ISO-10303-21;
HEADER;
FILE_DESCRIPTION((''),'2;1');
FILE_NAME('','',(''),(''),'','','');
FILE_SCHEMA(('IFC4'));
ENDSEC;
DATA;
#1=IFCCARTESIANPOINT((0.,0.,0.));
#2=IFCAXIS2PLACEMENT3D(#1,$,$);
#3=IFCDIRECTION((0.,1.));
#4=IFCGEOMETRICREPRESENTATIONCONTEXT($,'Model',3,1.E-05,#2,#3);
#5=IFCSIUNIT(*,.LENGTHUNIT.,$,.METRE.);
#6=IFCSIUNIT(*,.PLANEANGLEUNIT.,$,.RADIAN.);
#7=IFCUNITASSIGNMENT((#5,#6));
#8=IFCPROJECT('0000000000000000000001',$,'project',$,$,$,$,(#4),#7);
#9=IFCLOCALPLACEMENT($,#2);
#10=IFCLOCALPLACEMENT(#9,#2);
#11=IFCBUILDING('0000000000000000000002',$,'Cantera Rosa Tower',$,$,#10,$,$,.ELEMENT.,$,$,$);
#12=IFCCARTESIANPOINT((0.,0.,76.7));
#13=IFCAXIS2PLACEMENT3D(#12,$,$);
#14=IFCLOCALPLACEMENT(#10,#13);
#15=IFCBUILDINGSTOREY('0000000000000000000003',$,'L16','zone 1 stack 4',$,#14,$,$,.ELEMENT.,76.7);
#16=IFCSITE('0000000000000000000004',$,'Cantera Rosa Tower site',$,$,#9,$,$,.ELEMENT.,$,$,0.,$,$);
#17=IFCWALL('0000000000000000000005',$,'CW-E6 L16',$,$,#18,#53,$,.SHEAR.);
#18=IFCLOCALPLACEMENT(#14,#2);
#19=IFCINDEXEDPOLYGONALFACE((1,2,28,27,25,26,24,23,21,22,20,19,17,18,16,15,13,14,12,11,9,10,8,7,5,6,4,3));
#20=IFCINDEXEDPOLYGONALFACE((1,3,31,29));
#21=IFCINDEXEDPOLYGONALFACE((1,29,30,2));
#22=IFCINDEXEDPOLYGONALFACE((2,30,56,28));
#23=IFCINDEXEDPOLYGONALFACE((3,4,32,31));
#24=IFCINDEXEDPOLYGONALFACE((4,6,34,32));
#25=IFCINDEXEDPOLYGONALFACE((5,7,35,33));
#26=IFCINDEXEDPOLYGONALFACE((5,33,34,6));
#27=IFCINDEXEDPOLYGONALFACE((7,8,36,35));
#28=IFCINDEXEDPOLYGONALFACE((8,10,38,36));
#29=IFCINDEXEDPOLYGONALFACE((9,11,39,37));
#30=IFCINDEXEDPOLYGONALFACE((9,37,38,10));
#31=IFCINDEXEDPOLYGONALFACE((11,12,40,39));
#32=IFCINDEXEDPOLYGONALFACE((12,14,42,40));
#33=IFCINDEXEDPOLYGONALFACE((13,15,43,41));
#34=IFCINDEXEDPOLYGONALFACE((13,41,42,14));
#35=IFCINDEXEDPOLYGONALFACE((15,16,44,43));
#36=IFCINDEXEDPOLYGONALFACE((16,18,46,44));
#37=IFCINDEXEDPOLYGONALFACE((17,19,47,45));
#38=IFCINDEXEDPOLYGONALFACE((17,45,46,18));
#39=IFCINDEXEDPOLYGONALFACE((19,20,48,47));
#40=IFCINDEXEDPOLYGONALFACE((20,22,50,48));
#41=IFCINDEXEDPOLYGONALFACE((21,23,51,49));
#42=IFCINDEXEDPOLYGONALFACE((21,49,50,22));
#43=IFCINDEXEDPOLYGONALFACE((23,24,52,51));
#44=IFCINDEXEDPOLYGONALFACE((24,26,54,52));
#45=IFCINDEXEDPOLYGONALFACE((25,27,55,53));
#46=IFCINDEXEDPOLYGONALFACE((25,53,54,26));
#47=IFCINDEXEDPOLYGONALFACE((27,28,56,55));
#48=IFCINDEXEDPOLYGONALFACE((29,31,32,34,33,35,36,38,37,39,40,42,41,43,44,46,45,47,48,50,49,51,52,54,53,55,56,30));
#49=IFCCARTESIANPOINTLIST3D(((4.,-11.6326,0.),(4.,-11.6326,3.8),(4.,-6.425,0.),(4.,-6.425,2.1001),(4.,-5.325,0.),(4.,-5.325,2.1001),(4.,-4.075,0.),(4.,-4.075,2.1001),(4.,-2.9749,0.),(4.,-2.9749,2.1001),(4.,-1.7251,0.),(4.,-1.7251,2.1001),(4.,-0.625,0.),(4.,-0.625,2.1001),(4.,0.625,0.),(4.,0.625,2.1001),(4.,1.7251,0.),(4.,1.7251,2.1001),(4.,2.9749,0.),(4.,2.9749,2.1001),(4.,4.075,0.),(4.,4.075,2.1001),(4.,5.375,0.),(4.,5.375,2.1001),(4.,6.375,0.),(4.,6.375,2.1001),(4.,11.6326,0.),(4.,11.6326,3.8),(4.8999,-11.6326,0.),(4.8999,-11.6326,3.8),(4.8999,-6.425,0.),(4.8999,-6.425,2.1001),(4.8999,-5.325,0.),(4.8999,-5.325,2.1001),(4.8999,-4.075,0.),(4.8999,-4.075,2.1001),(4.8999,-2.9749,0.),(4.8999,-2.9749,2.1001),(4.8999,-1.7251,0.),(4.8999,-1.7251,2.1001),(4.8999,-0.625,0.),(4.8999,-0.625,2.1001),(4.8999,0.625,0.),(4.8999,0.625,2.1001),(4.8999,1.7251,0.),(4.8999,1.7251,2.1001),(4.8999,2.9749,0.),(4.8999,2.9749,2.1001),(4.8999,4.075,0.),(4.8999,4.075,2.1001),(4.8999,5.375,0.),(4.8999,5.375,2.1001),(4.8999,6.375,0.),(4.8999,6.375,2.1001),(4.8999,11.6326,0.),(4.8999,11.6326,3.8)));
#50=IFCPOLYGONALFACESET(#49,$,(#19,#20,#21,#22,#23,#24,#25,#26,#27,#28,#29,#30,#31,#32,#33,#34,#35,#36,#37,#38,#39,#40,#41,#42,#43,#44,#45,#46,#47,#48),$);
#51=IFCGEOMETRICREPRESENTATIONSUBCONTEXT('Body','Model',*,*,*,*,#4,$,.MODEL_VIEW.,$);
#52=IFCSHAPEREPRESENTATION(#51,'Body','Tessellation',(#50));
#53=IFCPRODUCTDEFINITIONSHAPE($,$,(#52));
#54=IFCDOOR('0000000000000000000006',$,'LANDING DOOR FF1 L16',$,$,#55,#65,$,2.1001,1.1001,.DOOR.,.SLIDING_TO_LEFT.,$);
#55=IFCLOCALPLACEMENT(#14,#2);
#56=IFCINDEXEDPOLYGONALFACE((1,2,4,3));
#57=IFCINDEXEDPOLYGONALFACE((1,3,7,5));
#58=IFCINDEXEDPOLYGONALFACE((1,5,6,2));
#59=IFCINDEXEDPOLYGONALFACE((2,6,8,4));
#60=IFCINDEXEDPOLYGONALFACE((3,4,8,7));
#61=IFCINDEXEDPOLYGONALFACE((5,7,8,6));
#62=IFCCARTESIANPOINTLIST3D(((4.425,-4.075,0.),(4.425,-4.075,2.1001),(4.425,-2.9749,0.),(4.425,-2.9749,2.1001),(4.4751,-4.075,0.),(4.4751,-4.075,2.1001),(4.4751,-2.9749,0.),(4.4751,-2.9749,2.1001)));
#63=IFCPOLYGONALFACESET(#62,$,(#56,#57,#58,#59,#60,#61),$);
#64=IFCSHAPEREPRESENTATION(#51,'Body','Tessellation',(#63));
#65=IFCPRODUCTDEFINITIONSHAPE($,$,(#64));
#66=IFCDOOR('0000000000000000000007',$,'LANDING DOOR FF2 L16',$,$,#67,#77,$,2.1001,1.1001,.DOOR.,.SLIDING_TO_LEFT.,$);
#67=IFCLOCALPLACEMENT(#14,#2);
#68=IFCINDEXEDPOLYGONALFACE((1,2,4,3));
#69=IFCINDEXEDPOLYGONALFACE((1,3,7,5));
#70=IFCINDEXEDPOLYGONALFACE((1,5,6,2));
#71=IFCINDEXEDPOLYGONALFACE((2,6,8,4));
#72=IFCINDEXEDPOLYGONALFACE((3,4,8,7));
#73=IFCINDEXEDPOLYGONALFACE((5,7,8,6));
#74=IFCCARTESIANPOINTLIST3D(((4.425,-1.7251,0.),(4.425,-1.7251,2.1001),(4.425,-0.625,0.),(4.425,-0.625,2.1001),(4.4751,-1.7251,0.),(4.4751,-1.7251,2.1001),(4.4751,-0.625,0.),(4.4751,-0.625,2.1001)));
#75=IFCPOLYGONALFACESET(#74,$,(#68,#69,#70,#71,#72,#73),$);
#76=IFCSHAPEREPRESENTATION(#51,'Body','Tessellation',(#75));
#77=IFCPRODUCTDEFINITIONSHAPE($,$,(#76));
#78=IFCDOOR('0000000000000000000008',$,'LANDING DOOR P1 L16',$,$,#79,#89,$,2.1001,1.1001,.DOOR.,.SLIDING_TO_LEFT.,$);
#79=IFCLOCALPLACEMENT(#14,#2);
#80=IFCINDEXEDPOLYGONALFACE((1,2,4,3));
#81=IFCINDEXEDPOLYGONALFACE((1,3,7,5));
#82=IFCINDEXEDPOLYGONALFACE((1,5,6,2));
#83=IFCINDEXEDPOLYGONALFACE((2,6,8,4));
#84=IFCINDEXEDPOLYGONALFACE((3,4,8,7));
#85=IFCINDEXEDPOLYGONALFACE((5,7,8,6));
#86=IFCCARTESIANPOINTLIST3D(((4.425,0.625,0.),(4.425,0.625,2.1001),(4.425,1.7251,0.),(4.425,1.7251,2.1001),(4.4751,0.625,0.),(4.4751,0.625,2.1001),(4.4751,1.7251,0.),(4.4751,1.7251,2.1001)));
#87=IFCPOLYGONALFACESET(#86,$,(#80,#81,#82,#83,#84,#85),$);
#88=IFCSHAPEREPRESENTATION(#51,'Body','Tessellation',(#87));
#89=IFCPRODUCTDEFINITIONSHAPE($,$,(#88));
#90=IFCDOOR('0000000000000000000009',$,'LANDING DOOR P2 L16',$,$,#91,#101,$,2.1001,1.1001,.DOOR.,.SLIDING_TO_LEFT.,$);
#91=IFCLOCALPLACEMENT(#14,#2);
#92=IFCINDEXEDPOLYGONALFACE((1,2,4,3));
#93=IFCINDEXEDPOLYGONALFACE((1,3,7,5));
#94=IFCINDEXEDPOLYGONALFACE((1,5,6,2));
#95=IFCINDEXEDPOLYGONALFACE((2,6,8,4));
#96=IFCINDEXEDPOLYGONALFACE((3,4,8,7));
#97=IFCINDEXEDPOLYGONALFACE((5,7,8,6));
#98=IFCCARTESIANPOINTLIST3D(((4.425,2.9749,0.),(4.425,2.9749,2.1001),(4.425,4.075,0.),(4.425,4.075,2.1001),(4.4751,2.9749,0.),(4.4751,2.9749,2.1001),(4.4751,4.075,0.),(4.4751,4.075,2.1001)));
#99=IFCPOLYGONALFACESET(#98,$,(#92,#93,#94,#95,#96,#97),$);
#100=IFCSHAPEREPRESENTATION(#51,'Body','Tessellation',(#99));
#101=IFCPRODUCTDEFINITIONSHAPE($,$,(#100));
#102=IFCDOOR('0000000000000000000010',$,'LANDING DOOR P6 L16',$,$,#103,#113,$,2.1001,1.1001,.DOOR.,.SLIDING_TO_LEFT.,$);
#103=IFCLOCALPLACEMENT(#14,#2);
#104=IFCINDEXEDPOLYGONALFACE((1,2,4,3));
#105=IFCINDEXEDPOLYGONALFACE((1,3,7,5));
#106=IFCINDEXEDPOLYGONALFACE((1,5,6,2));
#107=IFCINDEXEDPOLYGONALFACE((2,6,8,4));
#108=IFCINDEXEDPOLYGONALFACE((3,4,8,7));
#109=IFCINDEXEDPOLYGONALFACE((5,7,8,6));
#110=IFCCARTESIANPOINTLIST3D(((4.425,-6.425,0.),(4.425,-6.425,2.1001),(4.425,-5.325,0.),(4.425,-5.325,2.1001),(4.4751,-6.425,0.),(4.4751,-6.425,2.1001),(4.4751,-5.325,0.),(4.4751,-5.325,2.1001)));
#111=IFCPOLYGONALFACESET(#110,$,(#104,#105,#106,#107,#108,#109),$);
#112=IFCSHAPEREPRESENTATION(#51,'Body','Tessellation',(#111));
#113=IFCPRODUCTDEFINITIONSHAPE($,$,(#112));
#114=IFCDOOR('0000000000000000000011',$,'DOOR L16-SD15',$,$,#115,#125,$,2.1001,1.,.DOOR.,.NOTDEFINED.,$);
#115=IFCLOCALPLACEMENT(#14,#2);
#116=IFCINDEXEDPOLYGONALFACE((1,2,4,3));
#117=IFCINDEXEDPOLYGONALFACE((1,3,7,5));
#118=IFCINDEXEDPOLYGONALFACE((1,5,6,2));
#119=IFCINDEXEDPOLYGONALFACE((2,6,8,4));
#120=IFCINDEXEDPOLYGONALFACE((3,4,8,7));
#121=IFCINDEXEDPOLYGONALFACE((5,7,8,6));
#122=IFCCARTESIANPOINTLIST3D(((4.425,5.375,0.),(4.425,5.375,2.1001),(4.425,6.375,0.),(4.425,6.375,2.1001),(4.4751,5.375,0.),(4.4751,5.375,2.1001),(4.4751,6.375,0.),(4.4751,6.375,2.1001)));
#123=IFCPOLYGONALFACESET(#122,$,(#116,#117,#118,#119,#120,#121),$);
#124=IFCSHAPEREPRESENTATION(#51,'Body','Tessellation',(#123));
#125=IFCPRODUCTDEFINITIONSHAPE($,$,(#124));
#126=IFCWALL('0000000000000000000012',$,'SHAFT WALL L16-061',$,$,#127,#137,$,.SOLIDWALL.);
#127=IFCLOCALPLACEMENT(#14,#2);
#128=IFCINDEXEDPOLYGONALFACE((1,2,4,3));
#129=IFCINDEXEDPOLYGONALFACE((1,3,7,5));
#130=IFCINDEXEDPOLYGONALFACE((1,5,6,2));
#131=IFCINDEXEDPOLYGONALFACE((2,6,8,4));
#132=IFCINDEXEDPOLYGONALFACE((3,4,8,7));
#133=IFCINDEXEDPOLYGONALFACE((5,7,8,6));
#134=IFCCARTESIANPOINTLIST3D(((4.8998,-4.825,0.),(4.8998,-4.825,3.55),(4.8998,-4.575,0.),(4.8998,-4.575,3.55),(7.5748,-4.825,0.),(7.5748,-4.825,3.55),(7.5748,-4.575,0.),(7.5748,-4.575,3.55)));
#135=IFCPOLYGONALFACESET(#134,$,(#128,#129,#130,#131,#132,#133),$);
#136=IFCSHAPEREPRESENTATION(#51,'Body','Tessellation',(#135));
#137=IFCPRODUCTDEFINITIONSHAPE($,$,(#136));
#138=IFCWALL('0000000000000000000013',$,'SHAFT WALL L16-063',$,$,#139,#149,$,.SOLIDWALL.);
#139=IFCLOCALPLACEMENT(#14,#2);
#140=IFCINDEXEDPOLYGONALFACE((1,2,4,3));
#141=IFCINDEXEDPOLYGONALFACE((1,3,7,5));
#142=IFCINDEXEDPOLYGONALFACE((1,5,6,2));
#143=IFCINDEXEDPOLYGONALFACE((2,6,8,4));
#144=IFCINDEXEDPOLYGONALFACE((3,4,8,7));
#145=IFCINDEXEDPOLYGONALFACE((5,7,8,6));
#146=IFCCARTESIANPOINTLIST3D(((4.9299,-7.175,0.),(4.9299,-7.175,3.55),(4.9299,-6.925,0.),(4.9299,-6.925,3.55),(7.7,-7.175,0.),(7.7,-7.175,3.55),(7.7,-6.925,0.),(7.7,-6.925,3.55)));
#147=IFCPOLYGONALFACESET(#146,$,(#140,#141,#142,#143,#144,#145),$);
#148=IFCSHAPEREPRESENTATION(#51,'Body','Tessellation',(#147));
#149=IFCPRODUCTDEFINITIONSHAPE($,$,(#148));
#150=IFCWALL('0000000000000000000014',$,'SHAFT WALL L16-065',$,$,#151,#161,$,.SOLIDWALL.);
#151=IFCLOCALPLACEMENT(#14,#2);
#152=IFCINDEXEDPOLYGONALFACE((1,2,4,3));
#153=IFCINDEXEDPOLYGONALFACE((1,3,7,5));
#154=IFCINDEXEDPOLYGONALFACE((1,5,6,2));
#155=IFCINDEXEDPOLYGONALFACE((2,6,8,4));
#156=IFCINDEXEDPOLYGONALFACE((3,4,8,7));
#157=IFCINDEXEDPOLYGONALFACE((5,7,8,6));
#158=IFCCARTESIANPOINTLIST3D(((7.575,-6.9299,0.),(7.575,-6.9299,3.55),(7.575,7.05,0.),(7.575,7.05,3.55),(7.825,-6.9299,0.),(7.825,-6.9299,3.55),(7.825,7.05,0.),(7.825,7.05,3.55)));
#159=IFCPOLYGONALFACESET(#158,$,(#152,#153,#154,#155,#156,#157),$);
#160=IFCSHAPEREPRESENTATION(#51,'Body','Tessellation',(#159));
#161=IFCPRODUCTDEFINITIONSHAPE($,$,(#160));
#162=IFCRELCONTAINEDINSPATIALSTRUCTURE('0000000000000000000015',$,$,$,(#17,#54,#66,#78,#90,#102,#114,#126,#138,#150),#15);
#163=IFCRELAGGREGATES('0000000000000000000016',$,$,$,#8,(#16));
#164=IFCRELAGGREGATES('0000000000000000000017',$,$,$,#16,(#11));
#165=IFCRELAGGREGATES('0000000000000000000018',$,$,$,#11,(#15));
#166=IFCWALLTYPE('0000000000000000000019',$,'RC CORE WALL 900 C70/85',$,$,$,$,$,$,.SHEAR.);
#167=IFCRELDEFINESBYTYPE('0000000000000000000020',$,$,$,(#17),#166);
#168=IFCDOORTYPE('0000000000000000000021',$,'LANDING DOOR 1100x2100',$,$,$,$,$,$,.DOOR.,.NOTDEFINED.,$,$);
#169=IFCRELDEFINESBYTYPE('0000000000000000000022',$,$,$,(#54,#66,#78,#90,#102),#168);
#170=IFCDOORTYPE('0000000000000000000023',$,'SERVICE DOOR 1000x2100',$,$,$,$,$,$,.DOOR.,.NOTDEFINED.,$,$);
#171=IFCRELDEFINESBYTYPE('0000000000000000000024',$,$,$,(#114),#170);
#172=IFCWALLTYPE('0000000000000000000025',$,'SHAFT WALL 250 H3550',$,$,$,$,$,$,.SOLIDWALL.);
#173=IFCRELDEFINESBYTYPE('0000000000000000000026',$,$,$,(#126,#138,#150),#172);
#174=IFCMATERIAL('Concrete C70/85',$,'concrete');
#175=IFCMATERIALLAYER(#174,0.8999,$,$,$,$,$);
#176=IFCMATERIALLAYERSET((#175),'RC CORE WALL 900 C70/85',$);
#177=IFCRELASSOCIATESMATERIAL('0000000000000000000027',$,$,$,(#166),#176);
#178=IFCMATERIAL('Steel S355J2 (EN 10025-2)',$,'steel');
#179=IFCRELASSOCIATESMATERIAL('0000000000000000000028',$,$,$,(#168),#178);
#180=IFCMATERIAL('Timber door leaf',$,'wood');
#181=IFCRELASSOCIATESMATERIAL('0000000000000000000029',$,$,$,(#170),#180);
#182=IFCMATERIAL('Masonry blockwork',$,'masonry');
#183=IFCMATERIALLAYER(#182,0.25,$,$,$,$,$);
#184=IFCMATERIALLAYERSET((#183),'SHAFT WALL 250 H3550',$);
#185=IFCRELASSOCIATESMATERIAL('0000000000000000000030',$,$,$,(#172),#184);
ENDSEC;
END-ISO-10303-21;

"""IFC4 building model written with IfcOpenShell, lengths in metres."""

from ifc_helpers import new_model, si_unit, direction, frame, frame_2d, origin, place, context, subcontext, project, spatial, rectangle, extrude, material, layer, layer_set, type_object, element, fill, save


model = new_model("IFC4")

# Units and contexts
model_context = context("Model", 3, precision=1e-05, world=origin(), true_north=direction((0.0, 1.0)))
body_context = subcontext(model_context, "Body", "Model", "MODEL_VIEW")
ifc_project = project(units=[si_unit("LENGTHUNIT", "METRE"), si_unit("PLANEANGLEUNIT", "RADIAN")], contexts=[model_context])

# Site, building, storey
site_placement = place(None, origin())
site = spatial("IfcSite", under=ifc_project, at=site_placement, Name="Cantera Rosa Tower site", CompositionType="ELEMENT", RefElevation=0.0)
building_placement = place(site_placement, origin())
building = spatial("IfcBuilding", under=site, at=building_placement, Name="Cantera Rosa Tower", CompositionType="ELEMENT")
storey_placement = place(building_placement, frame((0.0, 0.0, 76.7)))
storey = spatial("IfcBuildingStorey", under=building, at=storey_placement, Name="L16", Description="zone 1 stack 4", CompositionType="ELEMENT", Elevation=76.7)

# Shared definitions
ifc_material_1 = material(Name="Concrete C70/85", Category="concrete")
ifc_layer_1 = layer(ifc_material_1, 0.8999)
ifc_layer_set_1 = layer_set([ifc_layer_1], Name="RC CORE WALL 900 C70/85")
wall_type_1 = type_object("IfcWallType", Name="RC CORE WALL 900 C70/85", PredefinedType="SHEAR", material=ifc_layer_set_1)

# Wall, openings, doors
wall_1_placement = place(storey_placement, frame((4.45, -11.6326, 0.0), z_axis=(0.0, 0.0, 1.0), x_axis=(0.0, 1.0, 0.0)))
wall_1 = element("IfcWall", 1, at=wall_1_placement, inside=storey, type_object=wall_type_1, Name="CW-E6 L16", PredefinedType="SHEAR", context=body_context, shape_type="SweptSolid", body=[
    extrude(rectangle(XDim=23.2651, YDim=0.8999, at=frame_2d((11.6326, 0.0))), origin(), (0.0, 0.0, 1.0), 3.8),
])
opening_1_placement = place(wall_1_placement, frame((7.5576, 0.0, 0.0)))
opening_1 = element("IfcOpeningElement", 2, at=opening_1_placement, cuts=wall_1, PredefinedType="OPENING", context=body_context, shape_type="SweptSolid", body=[
    extrude(rectangle(XDim=1.1001, YDim=2.1001, at=frame_2d((0.55, 1.05))), frame((0.0, 0.46, 0.0), z_axis=(0.0, -1.0, 0.0), x_axis=(1.0, 0.0, 0.0)), (0.0, 0.0, 1.0), 0.9199),
])
opening_2_placement = place(wall_1_placement, frame((9.9075, 0.0, 0.0)))
opening_2 = element("IfcOpeningElement", 3, at=opening_2_placement, cuts=wall_1, PredefinedType="OPENING", context=body_context, shape_type="SweptSolid", body=[
    extrude(rectangle(XDim=1.1001, YDim=2.1001, at=frame_2d((0.55, 1.05))), frame((0.0, 0.46, 0.0), z_axis=(0.0, -1.0, 0.0), x_axis=(1.0, 0.0, 0.0)), (0.0, 0.0, 1.0), 0.9199),
])
opening_3_placement = place(wall_1_placement, frame((12.2576, 0.0, 0.0)))
opening_3 = element("IfcOpeningElement", 4, at=opening_3_placement, cuts=wall_1, PredefinedType="OPENING", context=body_context, shape_type="SweptSolid", body=[
    extrude(rectangle(XDim=1.1001, YDim=2.1001, at=frame_2d((0.55, 1.05))), frame((0.0, 0.46, 0.0), z_axis=(0.0, -1.0, 0.0), x_axis=(1.0, 0.0, 0.0)), (0.0, 0.0, 1.0), 0.9199),
])
opening_4_placement = place(wall_1_placement, frame((14.6074, 0.0, 0.0)))
opening_4 = element("IfcOpeningElement", 5, at=opening_4_placement, cuts=wall_1, PredefinedType="OPENING", context=body_context, shape_type="SweptSolid", body=[
    extrude(rectangle(XDim=1.1001, YDim=2.1001, at=frame_2d((0.55, 1.05))), frame((0.0, 0.46, 0.0), z_axis=(0.0, -1.0, 0.0), x_axis=(1.0, 0.0, 0.0)), (0.0, 0.0, 1.0), 0.9199),
])
opening_5_placement = place(wall_1_placement, frame((5.2075, 0.0, 0.0)))
opening_5 = element("IfcOpeningElement", 6, at=opening_5_placement, cuts=wall_1, PredefinedType="OPENING", context=body_context, shape_type="SweptSolid", body=[
    extrude(rectangle(XDim=1.1001, YDim=2.1001, at=frame_2d((0.55, 1.05))), frame((0.0, 0.46, 0.0), z_axis=(0.0, -1.0, 0.0), x_axis=(1.0, 0.0, 0.0)), (0.0, 0.0, 1.0), 0.9199),
])
opening_6_placement = place(wall_1_placement, frame((17.0076, 0.0, 0.0)))
opening_6 = element("IfcOpeningElement", 7, at=opening_6_placement, cuts=wall_1, PredefinedType="OPENING", context=body_context, shape_type="SweptSolid", body=[
    extrude(rectangle(XDim=1.0, YDim=2.1001, at=frame_2d((0.5, 1.05))), frame((0.0, 0.46, 0.0), z_axis=(0.0, -1.0, 0.0), x_axis=(1.0, 0.0, 0.0)), (0.0, 0.0, 1.0), 0.9199),
])
ifc_material_2 = material(Name="Steel S355J2 (EN 10025-2)", Category="steel")
door_type_1 = type_object("IfcDoorType", Name="LANDING DOOR 1100x2100", OperationType="NOTDEFINED", PredefinedType="DOOR", material=ifc_material_2)
door_1_placement = place(opening_1_placement, origin())
door_1 = element("IfcDoor", 8, at=door_1_placement, inside=storey, type_object=door_type_1, Name="LANDING DOOR FF1 L16", OperationType="SLIDING_TO_LEFT", OverallHeight=2.1001, OverallWidth=1.1001, PredefinedType="DOOR", context=body_context, shape_type="SweptSolid", body=[
    extrude(rectangle(XDim=1.1001, YDim=2.1001, at=frame_2d((0.55, 1.05))), frame((0.0, 0.0249, 0.0), z_axis=(0.0, -1.0, 0.0), x_axis=(1.0, 0.0, 0.0)), (0.0, 0.0, 1.0), 0.05),
])
fill(opening_1, door_1)
door_2_placement = place(opening_2_placement, origin())
door_2 = element("IfcDoor", 9, at=door_2_placement, inside=storey, type_object=door_type_1, Name="LANDING DOOR FF2 L16", OperationType="SLIDING_TO_LEFT", OverallHeight=2.1001, OverallWidth=1.1001, PredefinedType="DOOR", context=body_context, shape_type="SweptSolid", body=[
    extrude(rectangle(XDim=1.1001, YDim=2.1001, at=frame_2d((0.55, 1.05))), frame((0.0, 0.0249, 0.0), z_axis=(0.0, -1.0, 0.0), x_axis=(1.0, 0.0, 0.0)), (0.0, 0.0, 1.0), 0.05),
])
fill(opening_2, door_2)
door_3_placement = place(opening_3_placement, origin())
door_3 = element("IfcDoor", 10, at=door_3_placement, inside=storey, type_object=door_type_1, Name="LANDING DOOR P1 L16", OperationType="SLIDING_TO_LEFT", OverallHeight=2.1001, OverallWidth=1.1001, PredefinedType="DOOR", context=body_context, shape_type="SweptSolid", body=[
    extrude(rectangle(XDim=1.1001, YDim=2.1001, at=frame_2d((0.55, 1.05))), frame((0.0, 0.0249, 0.0), z_axis=(0.0, -1.0, 0.0), x_axis=(1.0, 0.0, 0.0)), (0.0, 0.0, 1.0), 0.05),
])
fill(opening_3, door_3)
door_4_placement = place(opening_4_placement, origin())
door_4 = element("IfcDoor", 11, at=door_4_placement, inside=storey, type_object=door_type_1, Name="LANDING DOOR P2 L16", OperationType="SLIDING_TO_LEFT", OverallHeight=2.1001, OverallWidth=1.1001, PredefinedType="DOOR", context=body_context, shape_type="SweptSolid", body=[
    extrude(rectangle(XDim=1.1001, YDim=2.1001, at=frame_2d((0.55, 1.05))), frame((0.0, 0.0249, 0.0), z_axis=(0.0, -1.0, 0.0), x_axis=(1.0, 0.0, 0.0)), (0.0, 0.0, 1.0), 0.05),
])
fill(opening_4, door_4)
door_5_placement = place(opening_5_placement, origin())
door_5 = element("IfcDoor", 12, at=door_5_placement, inside=storey, type_object=door_type_1, Name="LANDING DOOR P6 L16", OperationType="SLIDING_TO_LEFT", OverallHeight=2.1001, OverallWidth=1.1001, PredefinedType="DOOR", context=body_context, shape_type="SweptSolid", body=[
    extrude(rectangle(XDim=1.1001, YDim=2.1001, at=frame_2d((0.55, 1.05))), frame((0.0, 0.0249, 0.0), z_axis=(0.0, -1.0, 0.0), x_axis=(1.0, 0.0, 0.0)), (0.0, 0.0, 1.0), 0.05),
])
fill(opening_5, door_5)
ifc_material_3 = material(Name="Timber door leaf", Category="wood")
door_type_2 = type_object("IfcDoorType", Name="SERVICE DOOR 1000x2100", OperationType="NOTDEFINED", PredefinedType="DOOR", material=ifc_material_3)
door_6_placement = place(opening_6_placement, origin())
door_6 = element("IfcDoor", 13, at=door_6_placement, inside=storey, type_object=door_type_2, Name="DOOR L16-SD15", OperationType="NOTDEFINED", OverallHeight=2.1001, OverallWidth=1.0, PredefinedType="DOOR", context=body_context, shape_type="SweptSolid", body=[
    extrude(rectangle(XDim=1.0, YDim=2.1001, at=frame_2d((0.5, 1.05))), frame((0.0, 0.0249, 0.0), z_axis=(0.0, -1.0, 0.0), x_axis=(1.0, 0.0, 0.0)), (0.0, 0.0, 1.0), 0.05),
])
fill(opening_6, door_6)

# Walls
ifc_material_4 = material(Name="Masonry blockwork", Category="masonry")
ifc_layer_2 = layer(ifc_material_4, 0.25)
ifc_layer_set_2 = layer_set([ifc_layer_2], Name="SHAFT WALL 250 H3550")
wall_type_2 = type_object("IfcWallType", Name="SHAFT WALL 250 H3550", PredefinedType="SOLIDWALL", material=ifc_layer_set_2)
wall_2_placement = place(storey_placement, frame((4.8999, -4.7, 0.0), z_axis=(0.0, 0.0, 1.0), x_axis=(1.0, 0.0, 0.0)))
element("IfcWall", 14, at=wall_2_placement, inside=storey, type_object=wall_type_2, Name="SHAFT WALL L16-061", PredefinedType="SOLIDWALL", context=body_context, shape_type="SweptSolid", body=[
    extrude(rectangle(XDim=2.675, YDim=0.25, at=frame_2d((1.3374, 0.0))), origin(), (0.0, 0.0, 1.0), 3.55),
])
wall_3_placement = place(storey_placement, frame((4.9299, -7.05, 0.0), z_axis=(0.0, 0.0, 1.0), x_axis=(1.0, 0.0, 0.0)))
element("IfcWall", 15, at=wall_3_placement, inside=storey, type_object=wall_type_2, Name="SHAFT WALL L16-063", PredefinedType="SOLIDWALL", context=body_context, shape_type="SweptSolid", body=[
    extrude(rectangle(XDim=2.77, YDim=0.25, at=frame_2d((1.385, 0.0))), origin(), (0.0, 0.0, 1.0), 3.55),
])
wall_4_placement = place(storey_placement, frame((7.7, -6.9299, 0.0), z_axis=(0.0, 0.0, 1.0), x_axis=(0.0, 1.0, 0.0)))
element("IfcWall", 16, at=wall_4_placement, inside=storey, type_object=wall_type_2, Name="SHAFT WALL L16-065", PredefinedType="SOLIDWALL", context=body_context, shape_type="SweptSolid", body=[
    extrude(rectangle(XDim=13.98, YDim=0.25, at=frame_2d((6.99, 0.0))), origin(), (0.0, 0.0, 1.0), 3.55),
])

save(model, "model.ifc")
